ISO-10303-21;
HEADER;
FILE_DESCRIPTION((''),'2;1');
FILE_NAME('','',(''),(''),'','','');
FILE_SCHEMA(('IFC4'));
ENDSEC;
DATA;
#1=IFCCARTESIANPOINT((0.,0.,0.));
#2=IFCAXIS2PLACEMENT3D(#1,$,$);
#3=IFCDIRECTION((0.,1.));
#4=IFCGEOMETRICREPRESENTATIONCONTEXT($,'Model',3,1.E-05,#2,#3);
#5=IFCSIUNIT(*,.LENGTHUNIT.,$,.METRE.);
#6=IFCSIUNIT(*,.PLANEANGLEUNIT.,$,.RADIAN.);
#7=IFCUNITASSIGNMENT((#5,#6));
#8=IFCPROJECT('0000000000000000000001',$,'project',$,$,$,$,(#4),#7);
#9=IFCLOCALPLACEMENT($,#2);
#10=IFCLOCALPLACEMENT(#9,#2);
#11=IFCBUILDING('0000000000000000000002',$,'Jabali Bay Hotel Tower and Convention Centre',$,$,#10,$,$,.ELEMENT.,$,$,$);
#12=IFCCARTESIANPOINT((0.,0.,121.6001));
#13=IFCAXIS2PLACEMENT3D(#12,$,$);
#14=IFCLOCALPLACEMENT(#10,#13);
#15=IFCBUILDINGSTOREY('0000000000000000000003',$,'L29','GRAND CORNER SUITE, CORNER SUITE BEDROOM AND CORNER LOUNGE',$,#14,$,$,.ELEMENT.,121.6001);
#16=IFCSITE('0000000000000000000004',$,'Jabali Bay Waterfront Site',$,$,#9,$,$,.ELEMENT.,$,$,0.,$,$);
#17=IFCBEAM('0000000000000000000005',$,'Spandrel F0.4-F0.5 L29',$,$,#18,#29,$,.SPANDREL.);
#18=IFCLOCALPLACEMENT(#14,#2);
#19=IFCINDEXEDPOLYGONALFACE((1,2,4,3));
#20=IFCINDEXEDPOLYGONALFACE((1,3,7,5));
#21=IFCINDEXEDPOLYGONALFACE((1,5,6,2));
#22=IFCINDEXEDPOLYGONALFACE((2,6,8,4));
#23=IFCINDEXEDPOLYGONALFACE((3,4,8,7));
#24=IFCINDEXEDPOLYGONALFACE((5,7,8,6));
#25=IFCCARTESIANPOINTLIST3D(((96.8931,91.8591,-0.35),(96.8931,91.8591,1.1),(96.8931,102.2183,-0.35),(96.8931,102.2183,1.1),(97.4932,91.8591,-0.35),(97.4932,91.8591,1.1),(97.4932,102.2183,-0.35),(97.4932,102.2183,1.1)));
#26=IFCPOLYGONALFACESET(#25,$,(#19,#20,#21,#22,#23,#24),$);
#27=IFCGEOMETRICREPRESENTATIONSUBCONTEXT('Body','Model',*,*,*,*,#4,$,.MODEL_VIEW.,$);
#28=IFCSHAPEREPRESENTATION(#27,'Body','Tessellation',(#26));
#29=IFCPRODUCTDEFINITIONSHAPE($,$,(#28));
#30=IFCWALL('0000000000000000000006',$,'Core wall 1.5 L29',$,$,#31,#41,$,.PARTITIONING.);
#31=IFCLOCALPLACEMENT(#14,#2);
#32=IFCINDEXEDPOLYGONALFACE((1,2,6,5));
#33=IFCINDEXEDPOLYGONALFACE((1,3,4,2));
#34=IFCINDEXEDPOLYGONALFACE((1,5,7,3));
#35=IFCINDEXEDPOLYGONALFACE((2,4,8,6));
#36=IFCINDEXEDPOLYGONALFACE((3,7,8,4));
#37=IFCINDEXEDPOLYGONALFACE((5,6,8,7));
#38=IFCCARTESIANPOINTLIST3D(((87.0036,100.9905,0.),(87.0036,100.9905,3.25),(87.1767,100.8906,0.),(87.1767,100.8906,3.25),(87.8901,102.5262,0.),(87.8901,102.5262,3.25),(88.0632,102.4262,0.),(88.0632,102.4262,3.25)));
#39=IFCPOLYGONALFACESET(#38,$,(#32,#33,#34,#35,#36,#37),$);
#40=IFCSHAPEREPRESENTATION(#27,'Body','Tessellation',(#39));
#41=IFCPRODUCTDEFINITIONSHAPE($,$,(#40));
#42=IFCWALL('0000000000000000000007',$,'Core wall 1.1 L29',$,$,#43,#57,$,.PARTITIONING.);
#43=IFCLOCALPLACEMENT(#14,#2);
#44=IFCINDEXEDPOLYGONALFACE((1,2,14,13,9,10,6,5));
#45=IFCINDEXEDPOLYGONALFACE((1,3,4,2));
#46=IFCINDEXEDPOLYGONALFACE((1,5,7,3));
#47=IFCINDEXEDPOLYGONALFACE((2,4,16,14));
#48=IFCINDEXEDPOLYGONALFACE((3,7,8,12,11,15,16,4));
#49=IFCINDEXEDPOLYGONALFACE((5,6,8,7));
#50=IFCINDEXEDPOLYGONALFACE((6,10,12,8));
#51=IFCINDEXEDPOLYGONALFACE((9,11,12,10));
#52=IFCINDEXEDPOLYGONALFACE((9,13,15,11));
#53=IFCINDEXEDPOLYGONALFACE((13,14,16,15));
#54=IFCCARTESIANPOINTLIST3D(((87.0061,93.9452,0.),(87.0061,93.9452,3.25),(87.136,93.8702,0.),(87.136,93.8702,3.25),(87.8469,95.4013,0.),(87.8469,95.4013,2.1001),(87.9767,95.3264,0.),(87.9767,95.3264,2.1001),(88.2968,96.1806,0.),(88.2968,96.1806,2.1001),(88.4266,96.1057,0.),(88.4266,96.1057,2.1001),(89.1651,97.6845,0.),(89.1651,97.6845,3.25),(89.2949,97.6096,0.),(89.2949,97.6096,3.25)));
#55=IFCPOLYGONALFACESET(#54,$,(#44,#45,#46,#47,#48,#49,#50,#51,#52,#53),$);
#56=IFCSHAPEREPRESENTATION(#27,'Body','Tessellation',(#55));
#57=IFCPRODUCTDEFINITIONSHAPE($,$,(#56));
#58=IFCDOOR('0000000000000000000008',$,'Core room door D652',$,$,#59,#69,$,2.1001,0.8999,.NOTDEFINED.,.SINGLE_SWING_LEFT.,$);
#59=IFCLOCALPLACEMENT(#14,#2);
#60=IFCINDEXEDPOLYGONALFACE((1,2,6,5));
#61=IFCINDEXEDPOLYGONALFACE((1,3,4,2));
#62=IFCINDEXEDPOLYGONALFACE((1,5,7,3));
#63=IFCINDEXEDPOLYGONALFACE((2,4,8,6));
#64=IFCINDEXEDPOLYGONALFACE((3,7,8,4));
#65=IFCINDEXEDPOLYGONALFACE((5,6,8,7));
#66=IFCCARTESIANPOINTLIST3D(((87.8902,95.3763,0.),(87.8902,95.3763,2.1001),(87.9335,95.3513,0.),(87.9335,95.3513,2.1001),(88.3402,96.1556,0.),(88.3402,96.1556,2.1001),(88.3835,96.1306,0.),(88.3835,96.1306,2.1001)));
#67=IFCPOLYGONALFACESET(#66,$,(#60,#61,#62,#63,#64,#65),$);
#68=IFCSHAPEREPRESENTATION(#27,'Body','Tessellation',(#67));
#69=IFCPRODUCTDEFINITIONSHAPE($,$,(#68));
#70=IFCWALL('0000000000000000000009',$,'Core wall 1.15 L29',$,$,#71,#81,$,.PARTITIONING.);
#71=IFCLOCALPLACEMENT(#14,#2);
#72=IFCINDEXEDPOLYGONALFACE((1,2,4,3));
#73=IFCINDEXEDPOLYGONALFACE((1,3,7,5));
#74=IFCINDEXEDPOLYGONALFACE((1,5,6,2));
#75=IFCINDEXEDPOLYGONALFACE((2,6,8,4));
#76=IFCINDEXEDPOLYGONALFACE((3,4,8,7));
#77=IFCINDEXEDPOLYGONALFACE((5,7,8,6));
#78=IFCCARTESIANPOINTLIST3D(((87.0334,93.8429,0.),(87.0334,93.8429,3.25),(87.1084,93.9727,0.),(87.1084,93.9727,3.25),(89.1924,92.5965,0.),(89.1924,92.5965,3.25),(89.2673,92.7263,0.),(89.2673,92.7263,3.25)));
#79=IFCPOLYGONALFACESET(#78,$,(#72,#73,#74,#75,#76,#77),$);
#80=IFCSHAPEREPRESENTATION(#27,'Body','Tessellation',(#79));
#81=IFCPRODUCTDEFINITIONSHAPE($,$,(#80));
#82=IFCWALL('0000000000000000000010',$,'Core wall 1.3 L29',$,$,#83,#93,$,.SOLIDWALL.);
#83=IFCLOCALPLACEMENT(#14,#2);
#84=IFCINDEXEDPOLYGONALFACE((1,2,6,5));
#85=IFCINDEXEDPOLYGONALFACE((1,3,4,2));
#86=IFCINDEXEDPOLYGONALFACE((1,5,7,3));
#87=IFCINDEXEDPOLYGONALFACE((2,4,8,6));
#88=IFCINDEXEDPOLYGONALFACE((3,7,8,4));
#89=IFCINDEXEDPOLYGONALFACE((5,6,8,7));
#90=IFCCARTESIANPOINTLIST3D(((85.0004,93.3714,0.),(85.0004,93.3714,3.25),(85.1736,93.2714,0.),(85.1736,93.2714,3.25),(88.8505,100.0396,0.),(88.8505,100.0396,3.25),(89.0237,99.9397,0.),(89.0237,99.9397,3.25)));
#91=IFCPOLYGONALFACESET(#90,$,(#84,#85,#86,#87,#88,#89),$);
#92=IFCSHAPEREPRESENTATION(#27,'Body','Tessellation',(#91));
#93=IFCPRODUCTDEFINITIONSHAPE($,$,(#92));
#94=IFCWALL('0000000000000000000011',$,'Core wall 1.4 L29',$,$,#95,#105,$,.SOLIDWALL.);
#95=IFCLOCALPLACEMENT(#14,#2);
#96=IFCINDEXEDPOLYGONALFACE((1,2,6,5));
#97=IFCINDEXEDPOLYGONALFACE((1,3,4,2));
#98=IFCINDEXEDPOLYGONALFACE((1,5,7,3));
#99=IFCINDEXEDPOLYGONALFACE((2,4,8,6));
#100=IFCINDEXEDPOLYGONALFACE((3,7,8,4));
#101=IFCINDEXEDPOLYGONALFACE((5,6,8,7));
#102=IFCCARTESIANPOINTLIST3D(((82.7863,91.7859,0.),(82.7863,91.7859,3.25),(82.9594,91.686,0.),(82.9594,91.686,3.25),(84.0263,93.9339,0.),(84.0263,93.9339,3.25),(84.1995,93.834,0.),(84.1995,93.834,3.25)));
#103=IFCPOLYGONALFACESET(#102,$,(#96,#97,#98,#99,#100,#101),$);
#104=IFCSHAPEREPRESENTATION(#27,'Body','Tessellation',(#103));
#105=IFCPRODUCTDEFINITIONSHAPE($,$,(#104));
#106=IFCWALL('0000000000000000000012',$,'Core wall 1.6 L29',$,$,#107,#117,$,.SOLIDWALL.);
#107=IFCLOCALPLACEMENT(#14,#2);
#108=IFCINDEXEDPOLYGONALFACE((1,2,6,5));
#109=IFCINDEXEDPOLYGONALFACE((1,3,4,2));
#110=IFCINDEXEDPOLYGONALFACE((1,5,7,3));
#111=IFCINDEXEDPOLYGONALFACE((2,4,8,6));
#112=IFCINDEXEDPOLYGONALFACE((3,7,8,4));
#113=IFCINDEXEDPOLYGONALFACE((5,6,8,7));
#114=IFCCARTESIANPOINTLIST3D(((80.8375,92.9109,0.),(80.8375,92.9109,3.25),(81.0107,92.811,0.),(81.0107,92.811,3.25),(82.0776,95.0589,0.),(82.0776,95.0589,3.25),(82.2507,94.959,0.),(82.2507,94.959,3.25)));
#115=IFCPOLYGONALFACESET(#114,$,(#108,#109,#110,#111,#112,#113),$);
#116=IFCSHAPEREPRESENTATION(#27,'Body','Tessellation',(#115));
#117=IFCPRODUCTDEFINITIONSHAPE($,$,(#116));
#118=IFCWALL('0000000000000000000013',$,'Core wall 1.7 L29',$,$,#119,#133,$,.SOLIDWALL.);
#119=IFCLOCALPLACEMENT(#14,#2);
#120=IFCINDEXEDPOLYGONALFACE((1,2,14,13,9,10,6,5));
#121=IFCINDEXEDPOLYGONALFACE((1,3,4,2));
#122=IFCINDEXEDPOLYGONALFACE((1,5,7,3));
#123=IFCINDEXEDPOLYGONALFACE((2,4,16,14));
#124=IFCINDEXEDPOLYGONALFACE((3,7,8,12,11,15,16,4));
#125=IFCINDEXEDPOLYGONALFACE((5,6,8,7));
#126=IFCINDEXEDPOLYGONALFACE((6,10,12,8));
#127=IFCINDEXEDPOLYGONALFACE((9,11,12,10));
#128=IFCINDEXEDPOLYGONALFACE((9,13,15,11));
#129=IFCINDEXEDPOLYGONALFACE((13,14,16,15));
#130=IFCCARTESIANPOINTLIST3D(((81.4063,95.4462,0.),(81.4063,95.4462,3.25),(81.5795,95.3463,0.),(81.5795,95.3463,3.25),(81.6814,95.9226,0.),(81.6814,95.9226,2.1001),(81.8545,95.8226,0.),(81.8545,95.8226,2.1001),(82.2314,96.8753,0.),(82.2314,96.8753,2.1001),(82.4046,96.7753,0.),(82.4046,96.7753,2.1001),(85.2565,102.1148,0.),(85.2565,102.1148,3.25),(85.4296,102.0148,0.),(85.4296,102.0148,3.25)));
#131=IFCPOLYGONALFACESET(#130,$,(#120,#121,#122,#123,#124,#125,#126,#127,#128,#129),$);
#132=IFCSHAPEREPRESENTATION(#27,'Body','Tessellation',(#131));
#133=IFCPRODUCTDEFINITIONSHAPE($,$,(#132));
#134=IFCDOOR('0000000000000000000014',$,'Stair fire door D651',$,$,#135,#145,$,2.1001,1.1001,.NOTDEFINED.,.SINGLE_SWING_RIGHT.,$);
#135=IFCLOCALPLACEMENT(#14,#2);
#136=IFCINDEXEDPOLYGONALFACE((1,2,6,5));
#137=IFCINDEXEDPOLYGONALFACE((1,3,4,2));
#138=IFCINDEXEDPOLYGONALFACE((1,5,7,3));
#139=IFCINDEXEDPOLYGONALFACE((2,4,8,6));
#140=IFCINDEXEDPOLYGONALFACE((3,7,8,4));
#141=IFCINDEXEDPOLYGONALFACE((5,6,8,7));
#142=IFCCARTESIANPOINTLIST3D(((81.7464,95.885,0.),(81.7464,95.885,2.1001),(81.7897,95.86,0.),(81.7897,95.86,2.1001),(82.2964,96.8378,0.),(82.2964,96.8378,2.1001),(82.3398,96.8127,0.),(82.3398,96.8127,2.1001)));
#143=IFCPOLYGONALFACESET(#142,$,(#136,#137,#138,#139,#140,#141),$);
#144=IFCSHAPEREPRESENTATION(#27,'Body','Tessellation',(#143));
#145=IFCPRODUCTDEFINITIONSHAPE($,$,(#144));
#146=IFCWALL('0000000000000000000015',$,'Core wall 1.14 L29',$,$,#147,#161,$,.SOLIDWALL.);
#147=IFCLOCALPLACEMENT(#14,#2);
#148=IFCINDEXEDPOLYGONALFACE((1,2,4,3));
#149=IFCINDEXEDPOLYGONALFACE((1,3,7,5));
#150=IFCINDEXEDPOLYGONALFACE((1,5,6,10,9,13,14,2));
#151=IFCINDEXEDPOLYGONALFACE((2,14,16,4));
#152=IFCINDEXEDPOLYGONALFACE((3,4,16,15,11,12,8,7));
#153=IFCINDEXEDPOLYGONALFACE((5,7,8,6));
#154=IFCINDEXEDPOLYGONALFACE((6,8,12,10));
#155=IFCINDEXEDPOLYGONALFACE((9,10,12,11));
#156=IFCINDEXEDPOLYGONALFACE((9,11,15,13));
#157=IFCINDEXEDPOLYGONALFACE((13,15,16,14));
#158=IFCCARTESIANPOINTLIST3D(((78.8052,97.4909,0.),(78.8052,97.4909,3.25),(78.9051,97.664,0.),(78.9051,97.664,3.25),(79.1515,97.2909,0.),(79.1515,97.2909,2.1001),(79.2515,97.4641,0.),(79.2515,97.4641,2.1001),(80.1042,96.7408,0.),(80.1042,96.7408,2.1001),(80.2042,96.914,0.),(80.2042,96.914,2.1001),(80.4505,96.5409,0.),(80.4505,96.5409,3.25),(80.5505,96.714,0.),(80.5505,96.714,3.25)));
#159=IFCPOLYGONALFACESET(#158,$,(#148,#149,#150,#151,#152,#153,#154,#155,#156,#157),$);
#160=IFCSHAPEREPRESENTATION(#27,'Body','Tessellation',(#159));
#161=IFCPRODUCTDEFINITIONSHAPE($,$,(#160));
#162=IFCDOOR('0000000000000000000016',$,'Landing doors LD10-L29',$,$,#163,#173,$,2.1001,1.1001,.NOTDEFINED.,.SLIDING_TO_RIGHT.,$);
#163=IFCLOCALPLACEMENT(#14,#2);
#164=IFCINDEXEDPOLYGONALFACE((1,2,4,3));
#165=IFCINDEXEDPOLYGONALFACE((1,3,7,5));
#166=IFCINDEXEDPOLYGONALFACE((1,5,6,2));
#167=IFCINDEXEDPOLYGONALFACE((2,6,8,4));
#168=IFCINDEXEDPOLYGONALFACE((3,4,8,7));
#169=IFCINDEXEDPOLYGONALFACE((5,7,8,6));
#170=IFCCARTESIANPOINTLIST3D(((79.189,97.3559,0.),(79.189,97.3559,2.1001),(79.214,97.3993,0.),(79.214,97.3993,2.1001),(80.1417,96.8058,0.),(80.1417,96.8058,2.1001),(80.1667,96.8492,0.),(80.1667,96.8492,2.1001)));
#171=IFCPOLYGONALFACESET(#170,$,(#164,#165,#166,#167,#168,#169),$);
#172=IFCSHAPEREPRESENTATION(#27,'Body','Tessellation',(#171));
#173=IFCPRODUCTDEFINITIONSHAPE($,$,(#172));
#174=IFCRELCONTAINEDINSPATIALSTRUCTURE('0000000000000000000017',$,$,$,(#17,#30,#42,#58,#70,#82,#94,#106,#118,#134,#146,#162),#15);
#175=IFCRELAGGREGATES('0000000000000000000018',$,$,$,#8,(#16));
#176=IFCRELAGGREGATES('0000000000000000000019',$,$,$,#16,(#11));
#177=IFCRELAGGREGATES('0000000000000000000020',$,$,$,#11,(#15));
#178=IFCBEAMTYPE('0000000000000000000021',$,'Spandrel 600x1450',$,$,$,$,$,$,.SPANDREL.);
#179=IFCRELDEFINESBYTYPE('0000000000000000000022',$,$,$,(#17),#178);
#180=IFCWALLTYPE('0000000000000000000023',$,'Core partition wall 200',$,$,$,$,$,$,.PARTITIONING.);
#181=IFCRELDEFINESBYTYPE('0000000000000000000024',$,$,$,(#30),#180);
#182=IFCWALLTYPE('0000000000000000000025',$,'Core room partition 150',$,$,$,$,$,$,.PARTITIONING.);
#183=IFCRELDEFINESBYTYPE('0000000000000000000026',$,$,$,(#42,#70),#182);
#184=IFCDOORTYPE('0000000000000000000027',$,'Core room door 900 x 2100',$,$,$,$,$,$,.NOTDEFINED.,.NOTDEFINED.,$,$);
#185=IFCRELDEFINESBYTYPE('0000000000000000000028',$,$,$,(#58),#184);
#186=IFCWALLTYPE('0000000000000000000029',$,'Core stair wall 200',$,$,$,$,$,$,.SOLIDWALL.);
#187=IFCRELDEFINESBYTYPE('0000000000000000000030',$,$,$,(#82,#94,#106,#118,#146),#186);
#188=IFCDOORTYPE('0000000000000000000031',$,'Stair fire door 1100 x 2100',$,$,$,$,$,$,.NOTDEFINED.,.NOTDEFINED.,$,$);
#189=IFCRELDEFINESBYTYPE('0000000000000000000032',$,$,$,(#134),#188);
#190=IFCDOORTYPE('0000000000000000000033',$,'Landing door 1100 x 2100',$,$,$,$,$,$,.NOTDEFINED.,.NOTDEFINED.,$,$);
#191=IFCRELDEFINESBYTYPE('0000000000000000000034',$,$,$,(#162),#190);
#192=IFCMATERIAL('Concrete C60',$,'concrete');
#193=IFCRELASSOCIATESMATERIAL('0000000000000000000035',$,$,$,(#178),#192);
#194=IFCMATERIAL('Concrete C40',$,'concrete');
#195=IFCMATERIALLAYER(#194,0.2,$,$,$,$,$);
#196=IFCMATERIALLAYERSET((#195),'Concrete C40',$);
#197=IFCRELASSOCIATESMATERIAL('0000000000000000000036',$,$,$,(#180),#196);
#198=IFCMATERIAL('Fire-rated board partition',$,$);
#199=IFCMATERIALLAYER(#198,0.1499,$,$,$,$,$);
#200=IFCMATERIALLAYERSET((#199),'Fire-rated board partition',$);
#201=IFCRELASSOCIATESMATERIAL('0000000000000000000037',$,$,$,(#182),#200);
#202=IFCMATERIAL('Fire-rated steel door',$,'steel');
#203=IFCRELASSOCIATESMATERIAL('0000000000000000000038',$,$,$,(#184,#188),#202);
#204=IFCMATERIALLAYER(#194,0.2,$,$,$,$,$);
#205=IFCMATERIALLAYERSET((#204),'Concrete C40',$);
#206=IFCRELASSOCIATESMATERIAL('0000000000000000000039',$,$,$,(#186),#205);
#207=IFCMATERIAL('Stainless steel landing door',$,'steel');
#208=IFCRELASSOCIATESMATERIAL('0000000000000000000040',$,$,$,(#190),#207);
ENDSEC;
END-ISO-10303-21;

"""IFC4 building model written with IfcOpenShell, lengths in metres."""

from ifc_helpers import new_model, si_unit, direction, frame, frame_2d, origin, origin_2d, place, context, subcontext, project, spatial, rectangle, extrude, material, layer, layer_set, material_profile, profile_set, type_object, element, fill, save


model = new_model("IFC4")

# Units and contexts
model_context = context("Model", 3, precision=1e-05, world=origin(), true_north=direction((0.0, 1.0)))
body_context = subcontext(model_context, "Body", "Model", "MODEL_VIEW")
ifc_project = project(units=[si_unit("LENGTHUNIT", "METRE"), si_unit("PLANEANGLEUNIT", "RADIAN")], contexts=[model_context])

# Site, building, storey
site_placement = place(None, origin())
site = spatial("IfcSite", under=ifc_project, at=site_placement, Name="Jabali Bay Waterfront Site", CompositionType="ELEMENT", RefElevation=0.0)
building_placement = place(site_placement, origin())
building = spatial("IfcBuilding", under=site, at=building_placement, Name="Jabali Bay Hotel Tower and Convention Centre", CompositionType="ELEMENT")
storey_placement = place(building_placement, frame((0.0, 0.0, 121.6001)))
storey = spatial("IfcBuildingStorey", under=building, at=storey_placement, Name="L29", Description="GRAND CORNER SUITE, CORNER SUITE BEDROOM AND CORNER LOUNGE", CompositionType="ELEMENT", Elevation=121.6001)

# Beam
ifc_material_1 = material(Name="Concrete C60", Category="concrete")
ifc_material_profile = material_profile(ifc_material_1, rectangle(XDim=0.6001, YDim=1.45, at=origin_2d()), Name="Spandrel 600x1450")
ifc_profile_set = profile_set([ifc_material_profile], Name="Concrete C60")
beam_type = type_object("IfcBeamType", Name="Spandrel 600x1450", PredefinedType="SPANDREL", material=ifc_profile_set)
beam_placement = place(storey_placement, frame((97.1931, 91.8591, 0.375), z_axis=(0.0, 1.0, 0.0), x_axis=(-1.0, 0.0, 0.0)))
element("IfcBeam", 1, at=beam_placement, inside=storey, type_object=beam_type, Name="Spandrel F0.4-F0.5 L29", PredefinedType="SPANDREL", context=body_context, shape_type="SweptSolid", body=[
    extrude(rectangle(XDim=0.6001, YDim=1.45, at=origin_2d()), origin(), (0.0, 0.0, 1.0), 10.3591),
])

# Wall
ifc_material_2 = material(Name="Concrete C40", Category="concrete")
ifc_layer_1 = layer(ifc_material_2, 0.2)
ifc_layer_set_1 = layer_set([ifc_layer_1], Name="Concrete C40")
wall_type_1 = type_object("IfcWallType", Name="Core partition wall 200", PredefinedType="PARTITIONING", material=ifc_layer_set_1)
wall_1_placement = place(storey_placement, frame((87.0901, 100.9404, 0.0), z_axis=(0.0, 0.0, 1.0), x_axis=(0.499945, 0.866057, 0.0)))
element("IfcWall", 2, at=wall_1_placement, inside=storey, type_object=wall_type_1, Name="Core wall 1.5 L29", PredefinedType="PARTITIONING", context=body_context, shape_type="SweptSolid", body=[
    extrude(rectangle(XDim=1.7732, YDim=0.2, at=frame_2d((0.8867, 0.0))), origin(), (0.0, 0.0, 1.0), 3.25),
])

# Wall, opening, door
ifc_material_3 = material(Name="Fire-rated board partition")
ifc_layer_2 = layer(ifc_material_3, 0.1499)
ifc_layer_set_2 = layer_set([ifc_layer_2], Name="Fire-rated board partition")
wall_type_2 = type_object("IfcWallType", Name="Core room partition 150", PredefinedType="PARTITIONING", material=ifc_layer_set_2)
wall_2_placement = place(storey_placement, frame((87.071, 93.9077, 0.0), z_axis=(0.0, 0.0, 1.0), x_axis=(0.500013, 0.866018, 0.0)))
wall_2 = element("IfcWall", 3, at=wall_2_placement, inside=storey, type_object=wall_type_2, Name="Core wall 1.1 L29", PredefinedType="PARTITIONING", context=body_context, shape_type="SweptSolid", body=[
    extrude(rectangle(XDim=4.3179, YDim=0.1499, at=frame_2d((2.1589, 0.0))), origin(), (0.0, 0.0, 1.0), 3.25),
])
opening_1_placement = place(wall_2_placement, frame((1.6814, 0.0, 0.0)))
opening_1 = element("IfcOpeningElement", 4, at=opening_1_placement, cuts=wall_2, PredefinedType="OPENING", context=body_context, shape_type="SweptSolid", body=[
    extrude(rectangle(XDim=0.8999, YDim=2.1001, at=frame_2d((0.45, 1.05))), frame((0.0, 0.0854, 0.0), z_axis=(0.0, -1.0, 0.0), x_axis=(1.0, 0.0, 0.0)), (0.0, 0.0, 1.0), 0.1709),
])
ifc_material_4 = material(Name="Fire-rated steel door", Category="steel")
door_type_1 = type_object("IfcDoorType", Name="Core room door 900 x 2100", OperationType="NOTDEFINED", PredefinedType="NOTDEFINED", material=ifc_material_4)
door_1_placement = place(opening_1_placement, origin())
door_1 = element("IfcDoor", 5, at=door_1_placement, inside=storey, type_object=door_type_1, Name="Core room door D652", OperationType="SINGLE_SWING_LEFT", OverallHeight=2.1001, OverallWidth=0.8999, PredefinedType="NOTDEFINED", context=body_context, shape_type="SweptSolid", body=[
    extrude(rectangle(XDim=0.8999, YDim=2.1001, at=frame_2d((0.45, 1.05))), frame((0.0, 0.0249, 0.0), z_axis=(0.0, -1.0, 0.0), x_axis=(1.0, 0.0, 0.0)), (0.0, 0.0, 1.0), 0.05),
])
fill(opening_1, door_1)

# Walls
wall_3_placement = place(storey_placement, frame((89.23, 92.6614, 0.0), z_axis=(0.0, 0.0, 1.0), x_axis=(-0.866047, 0.499963, 0.0)))
element("IfcWall", 6, at=wall_3_placement, inside=storey, type_object=wall_type_2, Name="Core wall 1.15 L29", PredefinedType="PARTITIONING", context=body_context, shape_type="SweptSolid", body=[
    extrude(rectangle(XDim=2.4929, YDim=0.1499, at=frame_2d((1.2466, 0.0))), origin(), (0.0, 0.0, 1.0), 3.25),
])
ifc_layer_3 = layer(ifc_material_2, 0.2)
ifc_layer_set_3 = layer_set([ifc_layer_3], Name="Concrete C40")
wall_type_3 = type_object("IfcWallType", Name="Core stair wall 200", PredefinedType="SOLIDWALL", material=ifc_layer_set_3)
wall_4_placement = place(storey_placement, frame((85.0869, 93.3213, 0.0), z_axis=(0.0, 0.0, 1.0), x_axis=(0.50002, 0.866014, 0.0)))
element("IfcWall", 7, at=wall_4_placement, inside=storey, type_object=wall_type_3, Name="Core wall 1.3 L29", PredefinedType="SOLIDWALL", context=body_context, shape_type="SweptSolid", body=[
    extrude(rectangle(XDim=7.7, YDim=0.2, at=frame_2d((3.8501, 0.0))), origin(), (0.0, 0.0, 1.0), 3.25),
])
for number, where, z_axis, x_axis, name in (
    (8, (82.8728, 91.7358, 0.0), (0.0, 0.0, 1.0), (0.499961, 0.866048, 0.0), "Core wall 1.4 L29"),
    (9, (80.9241, 92.8608, 0.0), (0.0, 0.0, 1.0), (0.499961, 0.866048, 0.0), "Core wall 1.6 L29"),
):
    element("IfcWall", number, at=place(storey_placement, frame(where, z_axis=z_axis, x_axis=x_axis)), inside=storey, type_object=wall_type_3, Name=name, PredefinedType="SOLIDWALL", context=body_context, shape_type="SweptSolid", body=[
        extrude(rectangle(XDim=2.4802, YDim=0.2, at=frame_2d((1.2402, 0.0))), origin(), (0.0, 0.0, 1.0), 3.25),
    ])

# Walls, openings, doors
wall_5_placement = place(storey_placement, frame((81.4929, 95.3962, 0.0), z_axis=(0.0, 0.0, 1.0), x_axis=(0.500006, 0.866022, 0.0)))
wall_5 = element("IfcWall", 10, at=wall_5_placement, inside=storey, type_object=wall_type_3, Name="Core wall 1.7 L29", PredefinedType="SOLIDWALL", context=body_context, shape_type="SweptSolid", body=[
    extrude(rectangle(XDim=7.7002, YDim=0.2, at=frame_2d((3.8501, 0.0))), origin(), (0.0, 0.0, 1.0), 3.25),
])
opening_2_placement = place(wall_5_placement, frame((0.55, 0.0, 0.0)))
opening_2 = element("IfcOpeningElement", 11, at=opening_2_placement, cuts=wall_5, PredefinedType="OPENING", context=body_context, shape_type="SweptSolid", body=[
    extrude(rectangle(XDim=1.1001, YDim=2.1001, at=frame_2d((0.55, 1.05))), frame((0.0, 0.1104, 0.0), z_axis=(0.0, -1.0, 0.0), x_axis=(1.0, 0.0, 0.0)), (0.0, 0.0, 1.0), 0.2209),
])
door_type_2 = type_object("IfcDoorType", Name="Stair fire door 1100 x 2100", OperationType="NOTDEFINED", PredefinedType="NOTDEFINED", material=ifc_material_4)
door_2_placement = place(opening_2_placement, origin())
door_2 = element("IfcDoor", 12, at=door_2_placement, inside=storey, type_object=door_type_2, Name="Stair fire door D651", OperationType="SINGLE_SWING_RIGHT", OverallHeight=2.1001, OverallWidth=1.1001, PredefinedType="NOTDEFINED", context=body_context, shape_type="SweptSolid", body=[
    extrude(rectangle(XDim=1.1001, YDim=2.1001, at=frame_2d((0.55, 1.05))), frame((0.0, 0.0249, 0.0), z_axis=(0.0, -1.0, 0.0), x_axis=(1.0, 0.0, 0.0)), (0.0, 0.0, 1.0), 0.05),
])
fill(opening_2, door_2)
wall_6_placement = place(storey_placement, frame((80.5005, 96.6274, 0.0), z_axis=(0.0, 0.0, 1.0), x_axis=(-0.866012, 0.500023, 0.0)))
wall_6 = element("IfcWall", 13, at=wall_6_placement, inside=storey, type_object=wall_type_3, Name="Core wall 1.14 L29", PredefinedType="SOLIDWALL", context=body_context, shape_type="SweptSolid", body=[
    extrude(rectangle(XDim=1.8999, YDim=0.2, at=frame_2d((0.95, 0.0))), origin(), (0.0, 0.0, 1.0), 3.25),
])
opening_3_placement = place(wall_6_placement, frame((0.3999, 0.0, 0.0)))
opening_3 = element("IfcOpeningElement", 14, at=opening_3_placement, cuts=wall_6, PredefinedType="OPENING", context=body_context, shape_type="SweptSolid", body=[
    extrude(rectangle(XDim=1.1001, YDim=2.1001, at=frame_2d((0.55, 1.05))), frame((0.0, 0.1104, 0.0), z_axis=(0.0, -1.0, 0.0), x_axis=(1.0, 0.0, 0.0)), (0.0, 0.0, 1.0), 0.2209),
])
ifc_material_5 = material(Name="Stainless steel landing door", Category="steel")
door_type_3 = type_object("IfcDoorType", Name="Landing door 1100 x 2100", OperationType="NOTDEFINED", PredefinedType="NOTDEFINED", material=ifc_material_5)
door_3_placement = place(opening_3_placement, origin())
door_3 = element("IfcDoor", 15, at=door_3_placement, inside=storey, type_object=door_type_3, Name="Landing doors LD10-L29", OperationType="SLIDING_TO_RIGHT", OverallHeight=2.1001, OverallWidth=1.1001, PredefinedType="NOTDEFINED", context=body_context, shape_type="SweptSolid", body=[
    extrude(rectangle(XDim=1.1001, YDim=2.1001, at=frame_2d((0.55, 1.05))), frame((0.0, 0.0249, 0.0), z_axis=(0.0, -1.0, 0.0), x_axis=(1.0, 0.0, 0.0)), (0.0, 0.0, 1.0), 0.05),
])
fill(opening_3, door_3)

save(model, "model.ifc")
